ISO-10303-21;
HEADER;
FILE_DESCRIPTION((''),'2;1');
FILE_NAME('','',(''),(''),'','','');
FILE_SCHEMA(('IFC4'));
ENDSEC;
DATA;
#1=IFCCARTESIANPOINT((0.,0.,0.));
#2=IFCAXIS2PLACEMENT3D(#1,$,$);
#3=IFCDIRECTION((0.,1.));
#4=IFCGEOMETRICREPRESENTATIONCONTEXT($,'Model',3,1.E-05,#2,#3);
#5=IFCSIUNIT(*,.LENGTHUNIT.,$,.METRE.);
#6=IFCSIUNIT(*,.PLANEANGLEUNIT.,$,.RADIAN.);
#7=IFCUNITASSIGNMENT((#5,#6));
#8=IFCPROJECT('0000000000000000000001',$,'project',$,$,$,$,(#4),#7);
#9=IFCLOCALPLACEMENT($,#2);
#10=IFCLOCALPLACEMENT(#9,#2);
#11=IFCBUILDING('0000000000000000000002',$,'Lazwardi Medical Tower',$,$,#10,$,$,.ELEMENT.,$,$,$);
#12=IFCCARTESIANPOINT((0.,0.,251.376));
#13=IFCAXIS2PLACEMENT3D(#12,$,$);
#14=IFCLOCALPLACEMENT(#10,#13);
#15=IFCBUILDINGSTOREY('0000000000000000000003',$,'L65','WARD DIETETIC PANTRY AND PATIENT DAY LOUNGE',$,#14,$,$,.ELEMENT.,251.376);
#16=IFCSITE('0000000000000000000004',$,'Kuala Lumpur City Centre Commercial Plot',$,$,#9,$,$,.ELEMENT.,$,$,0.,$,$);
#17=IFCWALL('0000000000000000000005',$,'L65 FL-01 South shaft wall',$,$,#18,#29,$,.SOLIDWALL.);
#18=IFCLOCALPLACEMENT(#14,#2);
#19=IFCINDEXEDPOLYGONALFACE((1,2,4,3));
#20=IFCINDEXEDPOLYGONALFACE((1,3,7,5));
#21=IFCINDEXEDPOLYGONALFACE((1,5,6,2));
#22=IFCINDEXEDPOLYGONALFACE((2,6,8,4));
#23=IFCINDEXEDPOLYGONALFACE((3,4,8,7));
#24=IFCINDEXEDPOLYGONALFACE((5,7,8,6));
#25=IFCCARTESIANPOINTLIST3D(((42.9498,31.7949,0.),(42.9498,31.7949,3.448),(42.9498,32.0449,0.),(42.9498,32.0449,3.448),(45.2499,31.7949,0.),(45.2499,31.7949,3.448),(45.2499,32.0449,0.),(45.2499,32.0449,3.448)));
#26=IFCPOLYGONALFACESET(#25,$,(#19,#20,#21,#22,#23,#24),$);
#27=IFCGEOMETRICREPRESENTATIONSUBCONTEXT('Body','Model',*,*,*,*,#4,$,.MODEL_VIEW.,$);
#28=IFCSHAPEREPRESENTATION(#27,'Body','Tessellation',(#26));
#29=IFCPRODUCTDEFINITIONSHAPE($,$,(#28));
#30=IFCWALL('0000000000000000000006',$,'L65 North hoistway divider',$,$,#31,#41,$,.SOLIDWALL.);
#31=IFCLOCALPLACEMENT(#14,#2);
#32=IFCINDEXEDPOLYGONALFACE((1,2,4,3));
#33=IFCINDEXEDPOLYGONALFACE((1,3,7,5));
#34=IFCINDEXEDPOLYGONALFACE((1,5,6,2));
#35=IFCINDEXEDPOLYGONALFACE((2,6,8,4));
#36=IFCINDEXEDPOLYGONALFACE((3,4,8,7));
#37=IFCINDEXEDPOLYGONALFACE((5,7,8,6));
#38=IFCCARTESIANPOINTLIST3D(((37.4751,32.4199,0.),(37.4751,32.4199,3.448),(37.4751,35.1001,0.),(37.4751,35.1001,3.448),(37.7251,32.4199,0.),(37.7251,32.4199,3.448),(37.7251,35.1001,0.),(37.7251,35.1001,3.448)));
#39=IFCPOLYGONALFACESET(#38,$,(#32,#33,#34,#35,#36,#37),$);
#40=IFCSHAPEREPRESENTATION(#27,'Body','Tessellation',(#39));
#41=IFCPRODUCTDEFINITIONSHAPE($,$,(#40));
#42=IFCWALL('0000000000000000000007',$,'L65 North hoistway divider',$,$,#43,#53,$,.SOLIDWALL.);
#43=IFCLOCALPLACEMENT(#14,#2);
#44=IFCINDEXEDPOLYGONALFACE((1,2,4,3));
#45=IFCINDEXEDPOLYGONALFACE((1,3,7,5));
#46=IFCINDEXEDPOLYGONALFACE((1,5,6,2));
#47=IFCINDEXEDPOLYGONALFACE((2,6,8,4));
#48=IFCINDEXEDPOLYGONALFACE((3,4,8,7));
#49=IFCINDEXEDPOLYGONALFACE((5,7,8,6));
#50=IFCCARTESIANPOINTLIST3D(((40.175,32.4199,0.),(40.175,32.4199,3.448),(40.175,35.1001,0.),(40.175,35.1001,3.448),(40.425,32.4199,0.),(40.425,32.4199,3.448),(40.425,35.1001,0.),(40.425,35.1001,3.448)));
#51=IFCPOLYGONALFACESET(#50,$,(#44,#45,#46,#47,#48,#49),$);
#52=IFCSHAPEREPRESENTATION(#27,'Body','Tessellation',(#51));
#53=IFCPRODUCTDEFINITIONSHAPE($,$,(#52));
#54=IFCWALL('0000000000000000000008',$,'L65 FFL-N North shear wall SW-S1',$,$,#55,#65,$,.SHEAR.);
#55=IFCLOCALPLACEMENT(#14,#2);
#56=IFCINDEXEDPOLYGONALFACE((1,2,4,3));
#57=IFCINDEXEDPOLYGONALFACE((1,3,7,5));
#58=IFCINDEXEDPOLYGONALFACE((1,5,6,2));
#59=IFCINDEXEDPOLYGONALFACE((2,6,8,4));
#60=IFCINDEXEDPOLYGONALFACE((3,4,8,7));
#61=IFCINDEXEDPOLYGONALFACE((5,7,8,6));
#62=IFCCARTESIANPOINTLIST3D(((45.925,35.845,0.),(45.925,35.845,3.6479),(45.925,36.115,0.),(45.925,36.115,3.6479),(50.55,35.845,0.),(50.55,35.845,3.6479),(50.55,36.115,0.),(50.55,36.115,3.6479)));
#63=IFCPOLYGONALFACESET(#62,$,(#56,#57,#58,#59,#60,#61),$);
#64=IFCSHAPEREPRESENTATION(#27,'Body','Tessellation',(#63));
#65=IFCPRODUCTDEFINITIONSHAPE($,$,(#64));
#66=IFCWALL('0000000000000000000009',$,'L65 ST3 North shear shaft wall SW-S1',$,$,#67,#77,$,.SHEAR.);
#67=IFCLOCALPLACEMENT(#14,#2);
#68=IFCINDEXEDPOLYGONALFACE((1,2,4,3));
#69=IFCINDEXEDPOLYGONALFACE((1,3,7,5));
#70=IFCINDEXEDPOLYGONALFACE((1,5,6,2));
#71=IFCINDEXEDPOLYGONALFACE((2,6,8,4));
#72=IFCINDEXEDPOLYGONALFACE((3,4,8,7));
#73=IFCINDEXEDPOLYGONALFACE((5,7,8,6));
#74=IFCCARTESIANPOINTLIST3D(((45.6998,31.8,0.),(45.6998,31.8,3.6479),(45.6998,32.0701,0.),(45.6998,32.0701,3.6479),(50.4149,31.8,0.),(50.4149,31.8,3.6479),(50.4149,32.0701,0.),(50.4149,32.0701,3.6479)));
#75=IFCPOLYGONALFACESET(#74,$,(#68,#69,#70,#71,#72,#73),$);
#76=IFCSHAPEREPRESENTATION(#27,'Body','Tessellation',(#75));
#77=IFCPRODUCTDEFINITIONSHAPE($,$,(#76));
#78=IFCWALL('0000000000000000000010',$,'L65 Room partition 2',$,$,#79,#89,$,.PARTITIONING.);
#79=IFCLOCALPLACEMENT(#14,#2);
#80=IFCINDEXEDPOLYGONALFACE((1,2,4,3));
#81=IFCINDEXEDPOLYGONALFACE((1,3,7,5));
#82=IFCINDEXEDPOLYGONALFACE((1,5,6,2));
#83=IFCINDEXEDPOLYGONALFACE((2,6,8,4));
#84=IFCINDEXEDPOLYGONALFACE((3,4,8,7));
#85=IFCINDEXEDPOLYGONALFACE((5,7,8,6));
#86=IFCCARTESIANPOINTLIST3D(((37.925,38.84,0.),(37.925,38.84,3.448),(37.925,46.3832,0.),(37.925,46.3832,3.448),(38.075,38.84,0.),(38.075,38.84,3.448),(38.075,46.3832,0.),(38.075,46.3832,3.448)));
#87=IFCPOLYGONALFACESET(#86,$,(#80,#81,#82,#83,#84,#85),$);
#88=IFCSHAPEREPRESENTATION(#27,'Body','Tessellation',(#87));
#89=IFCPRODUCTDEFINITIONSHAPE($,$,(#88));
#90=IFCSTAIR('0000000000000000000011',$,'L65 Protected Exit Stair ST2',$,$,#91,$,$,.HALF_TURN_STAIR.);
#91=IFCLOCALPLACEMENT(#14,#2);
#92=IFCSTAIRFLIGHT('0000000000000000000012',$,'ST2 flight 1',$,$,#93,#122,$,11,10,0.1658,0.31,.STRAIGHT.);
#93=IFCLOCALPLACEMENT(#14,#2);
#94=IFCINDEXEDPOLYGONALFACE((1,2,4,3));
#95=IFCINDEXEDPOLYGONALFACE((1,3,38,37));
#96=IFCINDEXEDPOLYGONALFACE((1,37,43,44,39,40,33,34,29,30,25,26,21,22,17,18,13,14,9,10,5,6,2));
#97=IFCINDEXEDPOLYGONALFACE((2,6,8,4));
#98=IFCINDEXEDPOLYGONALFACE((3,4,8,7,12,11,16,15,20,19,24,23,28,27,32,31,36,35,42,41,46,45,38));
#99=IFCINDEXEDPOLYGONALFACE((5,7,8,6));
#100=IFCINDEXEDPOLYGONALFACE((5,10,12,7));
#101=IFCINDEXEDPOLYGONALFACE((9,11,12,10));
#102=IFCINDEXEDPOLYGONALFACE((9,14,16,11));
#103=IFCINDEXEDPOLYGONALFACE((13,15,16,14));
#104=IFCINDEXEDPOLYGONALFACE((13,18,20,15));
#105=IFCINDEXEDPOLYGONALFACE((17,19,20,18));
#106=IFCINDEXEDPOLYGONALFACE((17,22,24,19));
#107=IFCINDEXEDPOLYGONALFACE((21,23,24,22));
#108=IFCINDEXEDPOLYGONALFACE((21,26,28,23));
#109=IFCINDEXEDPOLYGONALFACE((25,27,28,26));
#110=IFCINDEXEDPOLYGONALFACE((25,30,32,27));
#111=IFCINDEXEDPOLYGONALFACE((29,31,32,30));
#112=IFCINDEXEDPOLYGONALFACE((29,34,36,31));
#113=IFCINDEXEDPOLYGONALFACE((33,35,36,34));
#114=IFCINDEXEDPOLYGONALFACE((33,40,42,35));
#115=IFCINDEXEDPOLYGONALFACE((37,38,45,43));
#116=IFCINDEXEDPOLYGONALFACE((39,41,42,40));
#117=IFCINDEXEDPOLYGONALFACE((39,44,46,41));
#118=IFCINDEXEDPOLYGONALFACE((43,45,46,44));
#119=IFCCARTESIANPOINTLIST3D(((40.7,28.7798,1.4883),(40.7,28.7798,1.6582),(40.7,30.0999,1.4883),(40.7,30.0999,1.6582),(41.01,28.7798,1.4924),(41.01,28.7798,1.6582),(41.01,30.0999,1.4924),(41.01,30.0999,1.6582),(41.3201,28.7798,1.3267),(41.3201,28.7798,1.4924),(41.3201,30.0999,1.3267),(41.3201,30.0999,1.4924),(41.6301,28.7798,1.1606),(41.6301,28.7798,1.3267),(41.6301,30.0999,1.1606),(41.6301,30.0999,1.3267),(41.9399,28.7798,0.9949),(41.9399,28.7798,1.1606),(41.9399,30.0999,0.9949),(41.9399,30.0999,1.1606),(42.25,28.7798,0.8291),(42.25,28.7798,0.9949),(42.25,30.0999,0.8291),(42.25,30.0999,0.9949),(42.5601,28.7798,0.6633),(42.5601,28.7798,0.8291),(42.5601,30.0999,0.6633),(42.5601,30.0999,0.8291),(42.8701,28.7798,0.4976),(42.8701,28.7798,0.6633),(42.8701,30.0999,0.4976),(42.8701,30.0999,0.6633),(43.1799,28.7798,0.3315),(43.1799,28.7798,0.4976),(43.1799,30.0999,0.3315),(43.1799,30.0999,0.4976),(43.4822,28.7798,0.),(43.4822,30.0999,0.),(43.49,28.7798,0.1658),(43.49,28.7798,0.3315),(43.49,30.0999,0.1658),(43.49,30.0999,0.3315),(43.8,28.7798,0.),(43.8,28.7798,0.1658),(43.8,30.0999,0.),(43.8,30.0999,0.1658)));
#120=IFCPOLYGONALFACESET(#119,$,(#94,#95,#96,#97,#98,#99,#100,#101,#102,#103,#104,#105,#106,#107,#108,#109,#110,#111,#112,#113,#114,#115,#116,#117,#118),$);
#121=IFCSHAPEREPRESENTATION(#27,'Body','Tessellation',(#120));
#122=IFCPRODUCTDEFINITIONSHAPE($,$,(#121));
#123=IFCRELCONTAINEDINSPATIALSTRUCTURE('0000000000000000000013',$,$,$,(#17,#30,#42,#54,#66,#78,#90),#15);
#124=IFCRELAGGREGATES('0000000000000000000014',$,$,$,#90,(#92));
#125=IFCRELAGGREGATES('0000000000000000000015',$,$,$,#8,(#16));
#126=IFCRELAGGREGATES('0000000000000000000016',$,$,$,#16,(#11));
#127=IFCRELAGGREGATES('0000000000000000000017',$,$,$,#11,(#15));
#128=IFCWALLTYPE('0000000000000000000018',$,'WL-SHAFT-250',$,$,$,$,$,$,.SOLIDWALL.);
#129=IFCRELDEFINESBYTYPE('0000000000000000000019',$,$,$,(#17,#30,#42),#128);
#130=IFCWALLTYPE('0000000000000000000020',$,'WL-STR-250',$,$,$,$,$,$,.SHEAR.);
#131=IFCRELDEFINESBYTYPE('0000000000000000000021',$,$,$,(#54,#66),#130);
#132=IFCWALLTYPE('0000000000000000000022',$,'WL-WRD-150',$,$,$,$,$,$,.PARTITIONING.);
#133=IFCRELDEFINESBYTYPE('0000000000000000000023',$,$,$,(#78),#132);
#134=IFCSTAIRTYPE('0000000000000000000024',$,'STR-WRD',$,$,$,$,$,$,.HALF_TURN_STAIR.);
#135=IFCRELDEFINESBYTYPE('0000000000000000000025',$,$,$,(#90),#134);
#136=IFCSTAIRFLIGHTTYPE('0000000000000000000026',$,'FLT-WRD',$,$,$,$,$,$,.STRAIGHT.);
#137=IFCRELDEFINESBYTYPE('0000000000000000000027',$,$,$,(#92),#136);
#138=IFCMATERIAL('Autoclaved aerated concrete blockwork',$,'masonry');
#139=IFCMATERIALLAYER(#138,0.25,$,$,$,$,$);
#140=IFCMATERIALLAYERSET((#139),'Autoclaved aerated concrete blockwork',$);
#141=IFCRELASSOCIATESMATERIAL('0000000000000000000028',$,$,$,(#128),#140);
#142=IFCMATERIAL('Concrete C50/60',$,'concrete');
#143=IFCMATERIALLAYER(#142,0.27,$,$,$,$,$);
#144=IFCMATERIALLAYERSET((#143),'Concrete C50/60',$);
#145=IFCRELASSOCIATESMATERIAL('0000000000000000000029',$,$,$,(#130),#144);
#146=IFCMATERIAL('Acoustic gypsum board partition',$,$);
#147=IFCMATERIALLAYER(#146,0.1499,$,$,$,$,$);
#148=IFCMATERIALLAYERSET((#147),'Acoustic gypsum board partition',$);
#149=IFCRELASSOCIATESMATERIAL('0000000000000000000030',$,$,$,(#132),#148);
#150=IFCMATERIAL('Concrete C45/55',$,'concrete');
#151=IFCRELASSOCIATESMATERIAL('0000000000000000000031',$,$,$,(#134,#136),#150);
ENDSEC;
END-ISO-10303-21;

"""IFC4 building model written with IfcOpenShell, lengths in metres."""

from ifc_helpers import new_model, si_unit, direction, frame, frame_2d, origin, place, context, subcontext, project, spatial, polyline, rectangle, outline, extrude, material, layer, layer_set, type_object, element, aggregate, save


model = new_model("IFC4")

# Units and contexts
model_context = context("Model", 3, precision=1e-05, world=origin(), true_north=direction((0.0, 1.0)))
body_context = subcontext(model_context, "Body", "Model", "MODEL_VIEW")
ifc_project = project(units=[si_unit("LENGTHUNIT", "METRE"), si_unit("PLANEANGLEUNIT", "RADIAN")], contexts=[model_context])

# Site, building, storey
site_placement = place(None, origin())
site = spatial("IfcSite", under=ifc_project, at=site_placement, Name="Kuala Lumpur City Centre Commercial Plot", CompositionType="ELEMENT", RefElevation=0.0)
building_placement = place(site_placement, origin())
building = spatial("IfcBuilding", under=site, at=building_placement, Name="Lazwardi Medical Tower", CompositionType="ELEMENT")
storey_placement = place(building_placement, frame((0.0, 0.0, 251.376)))
storey = spatial("IfcBuildingStorey", under=building, at=storey_placement, Name="L65", Description="WARD DIETETIC PANTRY AND PATIENT DAY LOUNGE", CompositionType="ELEMENT", Elevation=251.376)

# Walls
ifc_material_1 = material(Name="Autoclaved aerated concrete blockwork", Category="masonry")
ifc_layer_1 = layer(ifc_material_1, 0.25)
ifc_layer_set_1 = layer_set([ifc_layer_1], Name="Autoclaved aerated concrete blockwork")
wall_type_1 = type_object("IfcWallType", Name="WL-SHAFT-250", PredefinedType="SOLIDWALL", material=ifc_layer_set_1)
wall_1_placement = place(storey_placement, frame((42.95, 31.9199, 0.0), z_axis=(0.0, 0.0, 1.0), x_axis=(1.0, 0.0, 0.0)))
element("IfcWall", 1, at=wall_1_placement, inside=storey, type_object=wall_type_1, Name="L65 FL-01 South shaft wall", PredefinedType="SOLIDWALL", context=body_context, shape_type="SweptSolid", body=[
    extrude(rectangle(XDim=2.3, YDim=0.25, at=frame_2d((1.1499, 0.0))), origin(), (0.0, 0.0, 1.0), 3.448),
])
for number, where, z_axis, x_axis, name in (
    (2, (37.6001, 32.4199, 0.0), (0.0, 0.0, 1.0), (0.0, 1.0, 0.0), "L65 North hoistway divider"),
    (3, (40.3, 32.4199, 0.0), (0.0, 0.0, 1.0), (0.0, 1.0, 0.0), "L65 North hoistway divider"),
):
    element("IfcWall", number, at=place(storey_placement, frame(where, z_axis=z_axis, x_axis=x_axis)), inside=storey, type_object=wall_type_1, Name=name, PredefinedType="SOLIDWALL", context=body_context, shape_type="SweptSolid", body=[
        extrude(rectangle(XDim=2.6802, YDim=0.25, at=frame_2d((1.3401, 0.0))), origin(), (0.0, 0.0, 1.0), 3.448),
    ])

# Shared definitions
ifc_material_2 = material(Name="Concrete C50/60", Category="concrete")
ifc_layer_2 = layer(ifc_material_2, 0.27)
ifc_layer_set_2 = layer_set([ifc_layer_2], Name="Concrete C50/60")
wall_type_2 = type_object("IfcWallType", Name="WL-STR-250", PredefinedType="SHEAR", material=ifc_layer_set_2)

# Walls
wall_2_placement = place(storey_placement, frame((45.925, 35.98, 0.0), z_axis=(0.0, 0.0, 1.0), x_axis=(1.0, 0.0, 0.0)))
element("IfcWall", 4, at=wall_2_placement, inside=storey, type_object=wall_type_2, Name="L65 FFL-N North shear wall SW-S1", PredefinedType="SHEAR", context=body_context, shape_type="SweptSolid", body=[
    extrude(rectangle(XDim=4.625, YDim=0.27, at=frame_2d((2.3125, 0.0))), origin(), (0.0, 0.0, 1.0), 3.6479),
])
wall_3_placement = place(storey_placement, frame((45.7, 31.9351, 0.0), z_axis=(0.0, 0.0, 1.0), x_axis=(1.0, 0.0, 0.0)))
element("IfcWall", 5, at=wall_3_placement, inside=storey, type_object=wall_type_2, Name="L65 ST3 North shear shaft wall SW-S1", PredefinedType="SHEAR", context=body_context, shape_type="SweptSolid", body=[
    extrude(rectangle(XDim=4.7151, YDim=0.27, at=frame_2d((2.3574, 0.0))), origin(), (0.0, 0.0, 1.0), 3.6479),
])
ifc_material_3 = material(Name="Acoustic gypsum board partition")
ifc_layer_3 = layer(ifc_material_3, 0.1499)
ifc_layer_set_3 = layer_set([ifc_layer_3], Name="Acoustic gypsum board partition")
wall_type_3 = type_object("IfcWallType", Name="WL-WRD-150", PredefinedType="PARTITIONING", material=ifc_layer_set_3)
wall_4_placement = place(storey_placement, frame((38.0, 38.8401, 0.0), z_axis=(0.0, 0.0, 1.0), x_axis=(0.0, 1.0, 0.0)))
element("IfcWall", 6, at=wall_4_placement, inside=storey, type_object=wall_type_3, Name="L65 Room partition 2", PredefinedType="PARTITIONING", context=body_context, shape_type="SweptSolid", body=[
    extrude(rectangle(XDim=7.5432, YDim=0.1499, at=frame_2d((3.7715, 0.0))), origin(), (0.0, 0.0, 1.0), 3.448),
])

# Stair, stair flight
ifc_material_4 = material(Name="Concrete C45/55", Category="concrete")
stair_type = type_object("IfcStairType", Name="STR-WRD", PredefinedType="HALF_TURN_STAIR", material=ifc_material_4)
stair_placement = place(storey_placement, origin())
stair = element("IfcStair", 7, at=stair_placement, inside=storey, type_object=stair_type, Name="L65 Protected Exit Stair ST2", PredefinedType="HALF_TURN_STAIR")
stair_flight_type = type_object("IfcStairFlightType", Name="FLT-WRD", PredefinedType="STRAIGHT", material=ifc_material_4)
stair_flight_placement = place(storey_placement, frame((43.8, 29.4399, 0.0), z_axis=(0.0, 0.0, 1.0), x_axis=(-1.0, 0.0, 0.0)))
stair_flight = element("IfcStairFlight", 8, at=stair_flight_placement, type_object=stair_flight_type, Name="ST2 flight 1", NumberOfRisers=11, NumberOfTreads=10, PredefinedType="STRAIGHT", RiserHeight=0.1658, TreadLength=0.31, context=body_context, shape_type="SweptSolid", body=[
    extrude(outline(polyline([(0.0, 0.0), (0.0, 0.1658), (0.3101, 0.1658), (0.3101, 0.3315), (0.6201, 0.3315), (0.6201, 0.4976), (0.9299, 0.4976), (0.9299, 0.6633), (1.24, 0.6633), (1.24, 0.8291), (1.55, 0.8291), (1.55, 0.9949), (1.8601, 0.9949), (1.8601, 1.1606), (2.1699, 1.1606), (2.1699, 1.3267), (2.48, 1.3267), (2.48, 1.4924), (2.79, 1.4924), (2.79, 1.6582), (3.1001, 1.6582), (3.1001, 1.824), (3.1001, 1.4883), (0.3179, 0.0), (0.0, 0.0)])), frame((0.0, 0.6602, 0.0), z_axis=(0.0, -1.0, 0.0), x_axis=(1.0, 0.0, 0.0)), (0.0, 0.0, 1.0), 1.3201),
])
aggregate(stair, [stair_flight])

save(model, "model.ifc")
